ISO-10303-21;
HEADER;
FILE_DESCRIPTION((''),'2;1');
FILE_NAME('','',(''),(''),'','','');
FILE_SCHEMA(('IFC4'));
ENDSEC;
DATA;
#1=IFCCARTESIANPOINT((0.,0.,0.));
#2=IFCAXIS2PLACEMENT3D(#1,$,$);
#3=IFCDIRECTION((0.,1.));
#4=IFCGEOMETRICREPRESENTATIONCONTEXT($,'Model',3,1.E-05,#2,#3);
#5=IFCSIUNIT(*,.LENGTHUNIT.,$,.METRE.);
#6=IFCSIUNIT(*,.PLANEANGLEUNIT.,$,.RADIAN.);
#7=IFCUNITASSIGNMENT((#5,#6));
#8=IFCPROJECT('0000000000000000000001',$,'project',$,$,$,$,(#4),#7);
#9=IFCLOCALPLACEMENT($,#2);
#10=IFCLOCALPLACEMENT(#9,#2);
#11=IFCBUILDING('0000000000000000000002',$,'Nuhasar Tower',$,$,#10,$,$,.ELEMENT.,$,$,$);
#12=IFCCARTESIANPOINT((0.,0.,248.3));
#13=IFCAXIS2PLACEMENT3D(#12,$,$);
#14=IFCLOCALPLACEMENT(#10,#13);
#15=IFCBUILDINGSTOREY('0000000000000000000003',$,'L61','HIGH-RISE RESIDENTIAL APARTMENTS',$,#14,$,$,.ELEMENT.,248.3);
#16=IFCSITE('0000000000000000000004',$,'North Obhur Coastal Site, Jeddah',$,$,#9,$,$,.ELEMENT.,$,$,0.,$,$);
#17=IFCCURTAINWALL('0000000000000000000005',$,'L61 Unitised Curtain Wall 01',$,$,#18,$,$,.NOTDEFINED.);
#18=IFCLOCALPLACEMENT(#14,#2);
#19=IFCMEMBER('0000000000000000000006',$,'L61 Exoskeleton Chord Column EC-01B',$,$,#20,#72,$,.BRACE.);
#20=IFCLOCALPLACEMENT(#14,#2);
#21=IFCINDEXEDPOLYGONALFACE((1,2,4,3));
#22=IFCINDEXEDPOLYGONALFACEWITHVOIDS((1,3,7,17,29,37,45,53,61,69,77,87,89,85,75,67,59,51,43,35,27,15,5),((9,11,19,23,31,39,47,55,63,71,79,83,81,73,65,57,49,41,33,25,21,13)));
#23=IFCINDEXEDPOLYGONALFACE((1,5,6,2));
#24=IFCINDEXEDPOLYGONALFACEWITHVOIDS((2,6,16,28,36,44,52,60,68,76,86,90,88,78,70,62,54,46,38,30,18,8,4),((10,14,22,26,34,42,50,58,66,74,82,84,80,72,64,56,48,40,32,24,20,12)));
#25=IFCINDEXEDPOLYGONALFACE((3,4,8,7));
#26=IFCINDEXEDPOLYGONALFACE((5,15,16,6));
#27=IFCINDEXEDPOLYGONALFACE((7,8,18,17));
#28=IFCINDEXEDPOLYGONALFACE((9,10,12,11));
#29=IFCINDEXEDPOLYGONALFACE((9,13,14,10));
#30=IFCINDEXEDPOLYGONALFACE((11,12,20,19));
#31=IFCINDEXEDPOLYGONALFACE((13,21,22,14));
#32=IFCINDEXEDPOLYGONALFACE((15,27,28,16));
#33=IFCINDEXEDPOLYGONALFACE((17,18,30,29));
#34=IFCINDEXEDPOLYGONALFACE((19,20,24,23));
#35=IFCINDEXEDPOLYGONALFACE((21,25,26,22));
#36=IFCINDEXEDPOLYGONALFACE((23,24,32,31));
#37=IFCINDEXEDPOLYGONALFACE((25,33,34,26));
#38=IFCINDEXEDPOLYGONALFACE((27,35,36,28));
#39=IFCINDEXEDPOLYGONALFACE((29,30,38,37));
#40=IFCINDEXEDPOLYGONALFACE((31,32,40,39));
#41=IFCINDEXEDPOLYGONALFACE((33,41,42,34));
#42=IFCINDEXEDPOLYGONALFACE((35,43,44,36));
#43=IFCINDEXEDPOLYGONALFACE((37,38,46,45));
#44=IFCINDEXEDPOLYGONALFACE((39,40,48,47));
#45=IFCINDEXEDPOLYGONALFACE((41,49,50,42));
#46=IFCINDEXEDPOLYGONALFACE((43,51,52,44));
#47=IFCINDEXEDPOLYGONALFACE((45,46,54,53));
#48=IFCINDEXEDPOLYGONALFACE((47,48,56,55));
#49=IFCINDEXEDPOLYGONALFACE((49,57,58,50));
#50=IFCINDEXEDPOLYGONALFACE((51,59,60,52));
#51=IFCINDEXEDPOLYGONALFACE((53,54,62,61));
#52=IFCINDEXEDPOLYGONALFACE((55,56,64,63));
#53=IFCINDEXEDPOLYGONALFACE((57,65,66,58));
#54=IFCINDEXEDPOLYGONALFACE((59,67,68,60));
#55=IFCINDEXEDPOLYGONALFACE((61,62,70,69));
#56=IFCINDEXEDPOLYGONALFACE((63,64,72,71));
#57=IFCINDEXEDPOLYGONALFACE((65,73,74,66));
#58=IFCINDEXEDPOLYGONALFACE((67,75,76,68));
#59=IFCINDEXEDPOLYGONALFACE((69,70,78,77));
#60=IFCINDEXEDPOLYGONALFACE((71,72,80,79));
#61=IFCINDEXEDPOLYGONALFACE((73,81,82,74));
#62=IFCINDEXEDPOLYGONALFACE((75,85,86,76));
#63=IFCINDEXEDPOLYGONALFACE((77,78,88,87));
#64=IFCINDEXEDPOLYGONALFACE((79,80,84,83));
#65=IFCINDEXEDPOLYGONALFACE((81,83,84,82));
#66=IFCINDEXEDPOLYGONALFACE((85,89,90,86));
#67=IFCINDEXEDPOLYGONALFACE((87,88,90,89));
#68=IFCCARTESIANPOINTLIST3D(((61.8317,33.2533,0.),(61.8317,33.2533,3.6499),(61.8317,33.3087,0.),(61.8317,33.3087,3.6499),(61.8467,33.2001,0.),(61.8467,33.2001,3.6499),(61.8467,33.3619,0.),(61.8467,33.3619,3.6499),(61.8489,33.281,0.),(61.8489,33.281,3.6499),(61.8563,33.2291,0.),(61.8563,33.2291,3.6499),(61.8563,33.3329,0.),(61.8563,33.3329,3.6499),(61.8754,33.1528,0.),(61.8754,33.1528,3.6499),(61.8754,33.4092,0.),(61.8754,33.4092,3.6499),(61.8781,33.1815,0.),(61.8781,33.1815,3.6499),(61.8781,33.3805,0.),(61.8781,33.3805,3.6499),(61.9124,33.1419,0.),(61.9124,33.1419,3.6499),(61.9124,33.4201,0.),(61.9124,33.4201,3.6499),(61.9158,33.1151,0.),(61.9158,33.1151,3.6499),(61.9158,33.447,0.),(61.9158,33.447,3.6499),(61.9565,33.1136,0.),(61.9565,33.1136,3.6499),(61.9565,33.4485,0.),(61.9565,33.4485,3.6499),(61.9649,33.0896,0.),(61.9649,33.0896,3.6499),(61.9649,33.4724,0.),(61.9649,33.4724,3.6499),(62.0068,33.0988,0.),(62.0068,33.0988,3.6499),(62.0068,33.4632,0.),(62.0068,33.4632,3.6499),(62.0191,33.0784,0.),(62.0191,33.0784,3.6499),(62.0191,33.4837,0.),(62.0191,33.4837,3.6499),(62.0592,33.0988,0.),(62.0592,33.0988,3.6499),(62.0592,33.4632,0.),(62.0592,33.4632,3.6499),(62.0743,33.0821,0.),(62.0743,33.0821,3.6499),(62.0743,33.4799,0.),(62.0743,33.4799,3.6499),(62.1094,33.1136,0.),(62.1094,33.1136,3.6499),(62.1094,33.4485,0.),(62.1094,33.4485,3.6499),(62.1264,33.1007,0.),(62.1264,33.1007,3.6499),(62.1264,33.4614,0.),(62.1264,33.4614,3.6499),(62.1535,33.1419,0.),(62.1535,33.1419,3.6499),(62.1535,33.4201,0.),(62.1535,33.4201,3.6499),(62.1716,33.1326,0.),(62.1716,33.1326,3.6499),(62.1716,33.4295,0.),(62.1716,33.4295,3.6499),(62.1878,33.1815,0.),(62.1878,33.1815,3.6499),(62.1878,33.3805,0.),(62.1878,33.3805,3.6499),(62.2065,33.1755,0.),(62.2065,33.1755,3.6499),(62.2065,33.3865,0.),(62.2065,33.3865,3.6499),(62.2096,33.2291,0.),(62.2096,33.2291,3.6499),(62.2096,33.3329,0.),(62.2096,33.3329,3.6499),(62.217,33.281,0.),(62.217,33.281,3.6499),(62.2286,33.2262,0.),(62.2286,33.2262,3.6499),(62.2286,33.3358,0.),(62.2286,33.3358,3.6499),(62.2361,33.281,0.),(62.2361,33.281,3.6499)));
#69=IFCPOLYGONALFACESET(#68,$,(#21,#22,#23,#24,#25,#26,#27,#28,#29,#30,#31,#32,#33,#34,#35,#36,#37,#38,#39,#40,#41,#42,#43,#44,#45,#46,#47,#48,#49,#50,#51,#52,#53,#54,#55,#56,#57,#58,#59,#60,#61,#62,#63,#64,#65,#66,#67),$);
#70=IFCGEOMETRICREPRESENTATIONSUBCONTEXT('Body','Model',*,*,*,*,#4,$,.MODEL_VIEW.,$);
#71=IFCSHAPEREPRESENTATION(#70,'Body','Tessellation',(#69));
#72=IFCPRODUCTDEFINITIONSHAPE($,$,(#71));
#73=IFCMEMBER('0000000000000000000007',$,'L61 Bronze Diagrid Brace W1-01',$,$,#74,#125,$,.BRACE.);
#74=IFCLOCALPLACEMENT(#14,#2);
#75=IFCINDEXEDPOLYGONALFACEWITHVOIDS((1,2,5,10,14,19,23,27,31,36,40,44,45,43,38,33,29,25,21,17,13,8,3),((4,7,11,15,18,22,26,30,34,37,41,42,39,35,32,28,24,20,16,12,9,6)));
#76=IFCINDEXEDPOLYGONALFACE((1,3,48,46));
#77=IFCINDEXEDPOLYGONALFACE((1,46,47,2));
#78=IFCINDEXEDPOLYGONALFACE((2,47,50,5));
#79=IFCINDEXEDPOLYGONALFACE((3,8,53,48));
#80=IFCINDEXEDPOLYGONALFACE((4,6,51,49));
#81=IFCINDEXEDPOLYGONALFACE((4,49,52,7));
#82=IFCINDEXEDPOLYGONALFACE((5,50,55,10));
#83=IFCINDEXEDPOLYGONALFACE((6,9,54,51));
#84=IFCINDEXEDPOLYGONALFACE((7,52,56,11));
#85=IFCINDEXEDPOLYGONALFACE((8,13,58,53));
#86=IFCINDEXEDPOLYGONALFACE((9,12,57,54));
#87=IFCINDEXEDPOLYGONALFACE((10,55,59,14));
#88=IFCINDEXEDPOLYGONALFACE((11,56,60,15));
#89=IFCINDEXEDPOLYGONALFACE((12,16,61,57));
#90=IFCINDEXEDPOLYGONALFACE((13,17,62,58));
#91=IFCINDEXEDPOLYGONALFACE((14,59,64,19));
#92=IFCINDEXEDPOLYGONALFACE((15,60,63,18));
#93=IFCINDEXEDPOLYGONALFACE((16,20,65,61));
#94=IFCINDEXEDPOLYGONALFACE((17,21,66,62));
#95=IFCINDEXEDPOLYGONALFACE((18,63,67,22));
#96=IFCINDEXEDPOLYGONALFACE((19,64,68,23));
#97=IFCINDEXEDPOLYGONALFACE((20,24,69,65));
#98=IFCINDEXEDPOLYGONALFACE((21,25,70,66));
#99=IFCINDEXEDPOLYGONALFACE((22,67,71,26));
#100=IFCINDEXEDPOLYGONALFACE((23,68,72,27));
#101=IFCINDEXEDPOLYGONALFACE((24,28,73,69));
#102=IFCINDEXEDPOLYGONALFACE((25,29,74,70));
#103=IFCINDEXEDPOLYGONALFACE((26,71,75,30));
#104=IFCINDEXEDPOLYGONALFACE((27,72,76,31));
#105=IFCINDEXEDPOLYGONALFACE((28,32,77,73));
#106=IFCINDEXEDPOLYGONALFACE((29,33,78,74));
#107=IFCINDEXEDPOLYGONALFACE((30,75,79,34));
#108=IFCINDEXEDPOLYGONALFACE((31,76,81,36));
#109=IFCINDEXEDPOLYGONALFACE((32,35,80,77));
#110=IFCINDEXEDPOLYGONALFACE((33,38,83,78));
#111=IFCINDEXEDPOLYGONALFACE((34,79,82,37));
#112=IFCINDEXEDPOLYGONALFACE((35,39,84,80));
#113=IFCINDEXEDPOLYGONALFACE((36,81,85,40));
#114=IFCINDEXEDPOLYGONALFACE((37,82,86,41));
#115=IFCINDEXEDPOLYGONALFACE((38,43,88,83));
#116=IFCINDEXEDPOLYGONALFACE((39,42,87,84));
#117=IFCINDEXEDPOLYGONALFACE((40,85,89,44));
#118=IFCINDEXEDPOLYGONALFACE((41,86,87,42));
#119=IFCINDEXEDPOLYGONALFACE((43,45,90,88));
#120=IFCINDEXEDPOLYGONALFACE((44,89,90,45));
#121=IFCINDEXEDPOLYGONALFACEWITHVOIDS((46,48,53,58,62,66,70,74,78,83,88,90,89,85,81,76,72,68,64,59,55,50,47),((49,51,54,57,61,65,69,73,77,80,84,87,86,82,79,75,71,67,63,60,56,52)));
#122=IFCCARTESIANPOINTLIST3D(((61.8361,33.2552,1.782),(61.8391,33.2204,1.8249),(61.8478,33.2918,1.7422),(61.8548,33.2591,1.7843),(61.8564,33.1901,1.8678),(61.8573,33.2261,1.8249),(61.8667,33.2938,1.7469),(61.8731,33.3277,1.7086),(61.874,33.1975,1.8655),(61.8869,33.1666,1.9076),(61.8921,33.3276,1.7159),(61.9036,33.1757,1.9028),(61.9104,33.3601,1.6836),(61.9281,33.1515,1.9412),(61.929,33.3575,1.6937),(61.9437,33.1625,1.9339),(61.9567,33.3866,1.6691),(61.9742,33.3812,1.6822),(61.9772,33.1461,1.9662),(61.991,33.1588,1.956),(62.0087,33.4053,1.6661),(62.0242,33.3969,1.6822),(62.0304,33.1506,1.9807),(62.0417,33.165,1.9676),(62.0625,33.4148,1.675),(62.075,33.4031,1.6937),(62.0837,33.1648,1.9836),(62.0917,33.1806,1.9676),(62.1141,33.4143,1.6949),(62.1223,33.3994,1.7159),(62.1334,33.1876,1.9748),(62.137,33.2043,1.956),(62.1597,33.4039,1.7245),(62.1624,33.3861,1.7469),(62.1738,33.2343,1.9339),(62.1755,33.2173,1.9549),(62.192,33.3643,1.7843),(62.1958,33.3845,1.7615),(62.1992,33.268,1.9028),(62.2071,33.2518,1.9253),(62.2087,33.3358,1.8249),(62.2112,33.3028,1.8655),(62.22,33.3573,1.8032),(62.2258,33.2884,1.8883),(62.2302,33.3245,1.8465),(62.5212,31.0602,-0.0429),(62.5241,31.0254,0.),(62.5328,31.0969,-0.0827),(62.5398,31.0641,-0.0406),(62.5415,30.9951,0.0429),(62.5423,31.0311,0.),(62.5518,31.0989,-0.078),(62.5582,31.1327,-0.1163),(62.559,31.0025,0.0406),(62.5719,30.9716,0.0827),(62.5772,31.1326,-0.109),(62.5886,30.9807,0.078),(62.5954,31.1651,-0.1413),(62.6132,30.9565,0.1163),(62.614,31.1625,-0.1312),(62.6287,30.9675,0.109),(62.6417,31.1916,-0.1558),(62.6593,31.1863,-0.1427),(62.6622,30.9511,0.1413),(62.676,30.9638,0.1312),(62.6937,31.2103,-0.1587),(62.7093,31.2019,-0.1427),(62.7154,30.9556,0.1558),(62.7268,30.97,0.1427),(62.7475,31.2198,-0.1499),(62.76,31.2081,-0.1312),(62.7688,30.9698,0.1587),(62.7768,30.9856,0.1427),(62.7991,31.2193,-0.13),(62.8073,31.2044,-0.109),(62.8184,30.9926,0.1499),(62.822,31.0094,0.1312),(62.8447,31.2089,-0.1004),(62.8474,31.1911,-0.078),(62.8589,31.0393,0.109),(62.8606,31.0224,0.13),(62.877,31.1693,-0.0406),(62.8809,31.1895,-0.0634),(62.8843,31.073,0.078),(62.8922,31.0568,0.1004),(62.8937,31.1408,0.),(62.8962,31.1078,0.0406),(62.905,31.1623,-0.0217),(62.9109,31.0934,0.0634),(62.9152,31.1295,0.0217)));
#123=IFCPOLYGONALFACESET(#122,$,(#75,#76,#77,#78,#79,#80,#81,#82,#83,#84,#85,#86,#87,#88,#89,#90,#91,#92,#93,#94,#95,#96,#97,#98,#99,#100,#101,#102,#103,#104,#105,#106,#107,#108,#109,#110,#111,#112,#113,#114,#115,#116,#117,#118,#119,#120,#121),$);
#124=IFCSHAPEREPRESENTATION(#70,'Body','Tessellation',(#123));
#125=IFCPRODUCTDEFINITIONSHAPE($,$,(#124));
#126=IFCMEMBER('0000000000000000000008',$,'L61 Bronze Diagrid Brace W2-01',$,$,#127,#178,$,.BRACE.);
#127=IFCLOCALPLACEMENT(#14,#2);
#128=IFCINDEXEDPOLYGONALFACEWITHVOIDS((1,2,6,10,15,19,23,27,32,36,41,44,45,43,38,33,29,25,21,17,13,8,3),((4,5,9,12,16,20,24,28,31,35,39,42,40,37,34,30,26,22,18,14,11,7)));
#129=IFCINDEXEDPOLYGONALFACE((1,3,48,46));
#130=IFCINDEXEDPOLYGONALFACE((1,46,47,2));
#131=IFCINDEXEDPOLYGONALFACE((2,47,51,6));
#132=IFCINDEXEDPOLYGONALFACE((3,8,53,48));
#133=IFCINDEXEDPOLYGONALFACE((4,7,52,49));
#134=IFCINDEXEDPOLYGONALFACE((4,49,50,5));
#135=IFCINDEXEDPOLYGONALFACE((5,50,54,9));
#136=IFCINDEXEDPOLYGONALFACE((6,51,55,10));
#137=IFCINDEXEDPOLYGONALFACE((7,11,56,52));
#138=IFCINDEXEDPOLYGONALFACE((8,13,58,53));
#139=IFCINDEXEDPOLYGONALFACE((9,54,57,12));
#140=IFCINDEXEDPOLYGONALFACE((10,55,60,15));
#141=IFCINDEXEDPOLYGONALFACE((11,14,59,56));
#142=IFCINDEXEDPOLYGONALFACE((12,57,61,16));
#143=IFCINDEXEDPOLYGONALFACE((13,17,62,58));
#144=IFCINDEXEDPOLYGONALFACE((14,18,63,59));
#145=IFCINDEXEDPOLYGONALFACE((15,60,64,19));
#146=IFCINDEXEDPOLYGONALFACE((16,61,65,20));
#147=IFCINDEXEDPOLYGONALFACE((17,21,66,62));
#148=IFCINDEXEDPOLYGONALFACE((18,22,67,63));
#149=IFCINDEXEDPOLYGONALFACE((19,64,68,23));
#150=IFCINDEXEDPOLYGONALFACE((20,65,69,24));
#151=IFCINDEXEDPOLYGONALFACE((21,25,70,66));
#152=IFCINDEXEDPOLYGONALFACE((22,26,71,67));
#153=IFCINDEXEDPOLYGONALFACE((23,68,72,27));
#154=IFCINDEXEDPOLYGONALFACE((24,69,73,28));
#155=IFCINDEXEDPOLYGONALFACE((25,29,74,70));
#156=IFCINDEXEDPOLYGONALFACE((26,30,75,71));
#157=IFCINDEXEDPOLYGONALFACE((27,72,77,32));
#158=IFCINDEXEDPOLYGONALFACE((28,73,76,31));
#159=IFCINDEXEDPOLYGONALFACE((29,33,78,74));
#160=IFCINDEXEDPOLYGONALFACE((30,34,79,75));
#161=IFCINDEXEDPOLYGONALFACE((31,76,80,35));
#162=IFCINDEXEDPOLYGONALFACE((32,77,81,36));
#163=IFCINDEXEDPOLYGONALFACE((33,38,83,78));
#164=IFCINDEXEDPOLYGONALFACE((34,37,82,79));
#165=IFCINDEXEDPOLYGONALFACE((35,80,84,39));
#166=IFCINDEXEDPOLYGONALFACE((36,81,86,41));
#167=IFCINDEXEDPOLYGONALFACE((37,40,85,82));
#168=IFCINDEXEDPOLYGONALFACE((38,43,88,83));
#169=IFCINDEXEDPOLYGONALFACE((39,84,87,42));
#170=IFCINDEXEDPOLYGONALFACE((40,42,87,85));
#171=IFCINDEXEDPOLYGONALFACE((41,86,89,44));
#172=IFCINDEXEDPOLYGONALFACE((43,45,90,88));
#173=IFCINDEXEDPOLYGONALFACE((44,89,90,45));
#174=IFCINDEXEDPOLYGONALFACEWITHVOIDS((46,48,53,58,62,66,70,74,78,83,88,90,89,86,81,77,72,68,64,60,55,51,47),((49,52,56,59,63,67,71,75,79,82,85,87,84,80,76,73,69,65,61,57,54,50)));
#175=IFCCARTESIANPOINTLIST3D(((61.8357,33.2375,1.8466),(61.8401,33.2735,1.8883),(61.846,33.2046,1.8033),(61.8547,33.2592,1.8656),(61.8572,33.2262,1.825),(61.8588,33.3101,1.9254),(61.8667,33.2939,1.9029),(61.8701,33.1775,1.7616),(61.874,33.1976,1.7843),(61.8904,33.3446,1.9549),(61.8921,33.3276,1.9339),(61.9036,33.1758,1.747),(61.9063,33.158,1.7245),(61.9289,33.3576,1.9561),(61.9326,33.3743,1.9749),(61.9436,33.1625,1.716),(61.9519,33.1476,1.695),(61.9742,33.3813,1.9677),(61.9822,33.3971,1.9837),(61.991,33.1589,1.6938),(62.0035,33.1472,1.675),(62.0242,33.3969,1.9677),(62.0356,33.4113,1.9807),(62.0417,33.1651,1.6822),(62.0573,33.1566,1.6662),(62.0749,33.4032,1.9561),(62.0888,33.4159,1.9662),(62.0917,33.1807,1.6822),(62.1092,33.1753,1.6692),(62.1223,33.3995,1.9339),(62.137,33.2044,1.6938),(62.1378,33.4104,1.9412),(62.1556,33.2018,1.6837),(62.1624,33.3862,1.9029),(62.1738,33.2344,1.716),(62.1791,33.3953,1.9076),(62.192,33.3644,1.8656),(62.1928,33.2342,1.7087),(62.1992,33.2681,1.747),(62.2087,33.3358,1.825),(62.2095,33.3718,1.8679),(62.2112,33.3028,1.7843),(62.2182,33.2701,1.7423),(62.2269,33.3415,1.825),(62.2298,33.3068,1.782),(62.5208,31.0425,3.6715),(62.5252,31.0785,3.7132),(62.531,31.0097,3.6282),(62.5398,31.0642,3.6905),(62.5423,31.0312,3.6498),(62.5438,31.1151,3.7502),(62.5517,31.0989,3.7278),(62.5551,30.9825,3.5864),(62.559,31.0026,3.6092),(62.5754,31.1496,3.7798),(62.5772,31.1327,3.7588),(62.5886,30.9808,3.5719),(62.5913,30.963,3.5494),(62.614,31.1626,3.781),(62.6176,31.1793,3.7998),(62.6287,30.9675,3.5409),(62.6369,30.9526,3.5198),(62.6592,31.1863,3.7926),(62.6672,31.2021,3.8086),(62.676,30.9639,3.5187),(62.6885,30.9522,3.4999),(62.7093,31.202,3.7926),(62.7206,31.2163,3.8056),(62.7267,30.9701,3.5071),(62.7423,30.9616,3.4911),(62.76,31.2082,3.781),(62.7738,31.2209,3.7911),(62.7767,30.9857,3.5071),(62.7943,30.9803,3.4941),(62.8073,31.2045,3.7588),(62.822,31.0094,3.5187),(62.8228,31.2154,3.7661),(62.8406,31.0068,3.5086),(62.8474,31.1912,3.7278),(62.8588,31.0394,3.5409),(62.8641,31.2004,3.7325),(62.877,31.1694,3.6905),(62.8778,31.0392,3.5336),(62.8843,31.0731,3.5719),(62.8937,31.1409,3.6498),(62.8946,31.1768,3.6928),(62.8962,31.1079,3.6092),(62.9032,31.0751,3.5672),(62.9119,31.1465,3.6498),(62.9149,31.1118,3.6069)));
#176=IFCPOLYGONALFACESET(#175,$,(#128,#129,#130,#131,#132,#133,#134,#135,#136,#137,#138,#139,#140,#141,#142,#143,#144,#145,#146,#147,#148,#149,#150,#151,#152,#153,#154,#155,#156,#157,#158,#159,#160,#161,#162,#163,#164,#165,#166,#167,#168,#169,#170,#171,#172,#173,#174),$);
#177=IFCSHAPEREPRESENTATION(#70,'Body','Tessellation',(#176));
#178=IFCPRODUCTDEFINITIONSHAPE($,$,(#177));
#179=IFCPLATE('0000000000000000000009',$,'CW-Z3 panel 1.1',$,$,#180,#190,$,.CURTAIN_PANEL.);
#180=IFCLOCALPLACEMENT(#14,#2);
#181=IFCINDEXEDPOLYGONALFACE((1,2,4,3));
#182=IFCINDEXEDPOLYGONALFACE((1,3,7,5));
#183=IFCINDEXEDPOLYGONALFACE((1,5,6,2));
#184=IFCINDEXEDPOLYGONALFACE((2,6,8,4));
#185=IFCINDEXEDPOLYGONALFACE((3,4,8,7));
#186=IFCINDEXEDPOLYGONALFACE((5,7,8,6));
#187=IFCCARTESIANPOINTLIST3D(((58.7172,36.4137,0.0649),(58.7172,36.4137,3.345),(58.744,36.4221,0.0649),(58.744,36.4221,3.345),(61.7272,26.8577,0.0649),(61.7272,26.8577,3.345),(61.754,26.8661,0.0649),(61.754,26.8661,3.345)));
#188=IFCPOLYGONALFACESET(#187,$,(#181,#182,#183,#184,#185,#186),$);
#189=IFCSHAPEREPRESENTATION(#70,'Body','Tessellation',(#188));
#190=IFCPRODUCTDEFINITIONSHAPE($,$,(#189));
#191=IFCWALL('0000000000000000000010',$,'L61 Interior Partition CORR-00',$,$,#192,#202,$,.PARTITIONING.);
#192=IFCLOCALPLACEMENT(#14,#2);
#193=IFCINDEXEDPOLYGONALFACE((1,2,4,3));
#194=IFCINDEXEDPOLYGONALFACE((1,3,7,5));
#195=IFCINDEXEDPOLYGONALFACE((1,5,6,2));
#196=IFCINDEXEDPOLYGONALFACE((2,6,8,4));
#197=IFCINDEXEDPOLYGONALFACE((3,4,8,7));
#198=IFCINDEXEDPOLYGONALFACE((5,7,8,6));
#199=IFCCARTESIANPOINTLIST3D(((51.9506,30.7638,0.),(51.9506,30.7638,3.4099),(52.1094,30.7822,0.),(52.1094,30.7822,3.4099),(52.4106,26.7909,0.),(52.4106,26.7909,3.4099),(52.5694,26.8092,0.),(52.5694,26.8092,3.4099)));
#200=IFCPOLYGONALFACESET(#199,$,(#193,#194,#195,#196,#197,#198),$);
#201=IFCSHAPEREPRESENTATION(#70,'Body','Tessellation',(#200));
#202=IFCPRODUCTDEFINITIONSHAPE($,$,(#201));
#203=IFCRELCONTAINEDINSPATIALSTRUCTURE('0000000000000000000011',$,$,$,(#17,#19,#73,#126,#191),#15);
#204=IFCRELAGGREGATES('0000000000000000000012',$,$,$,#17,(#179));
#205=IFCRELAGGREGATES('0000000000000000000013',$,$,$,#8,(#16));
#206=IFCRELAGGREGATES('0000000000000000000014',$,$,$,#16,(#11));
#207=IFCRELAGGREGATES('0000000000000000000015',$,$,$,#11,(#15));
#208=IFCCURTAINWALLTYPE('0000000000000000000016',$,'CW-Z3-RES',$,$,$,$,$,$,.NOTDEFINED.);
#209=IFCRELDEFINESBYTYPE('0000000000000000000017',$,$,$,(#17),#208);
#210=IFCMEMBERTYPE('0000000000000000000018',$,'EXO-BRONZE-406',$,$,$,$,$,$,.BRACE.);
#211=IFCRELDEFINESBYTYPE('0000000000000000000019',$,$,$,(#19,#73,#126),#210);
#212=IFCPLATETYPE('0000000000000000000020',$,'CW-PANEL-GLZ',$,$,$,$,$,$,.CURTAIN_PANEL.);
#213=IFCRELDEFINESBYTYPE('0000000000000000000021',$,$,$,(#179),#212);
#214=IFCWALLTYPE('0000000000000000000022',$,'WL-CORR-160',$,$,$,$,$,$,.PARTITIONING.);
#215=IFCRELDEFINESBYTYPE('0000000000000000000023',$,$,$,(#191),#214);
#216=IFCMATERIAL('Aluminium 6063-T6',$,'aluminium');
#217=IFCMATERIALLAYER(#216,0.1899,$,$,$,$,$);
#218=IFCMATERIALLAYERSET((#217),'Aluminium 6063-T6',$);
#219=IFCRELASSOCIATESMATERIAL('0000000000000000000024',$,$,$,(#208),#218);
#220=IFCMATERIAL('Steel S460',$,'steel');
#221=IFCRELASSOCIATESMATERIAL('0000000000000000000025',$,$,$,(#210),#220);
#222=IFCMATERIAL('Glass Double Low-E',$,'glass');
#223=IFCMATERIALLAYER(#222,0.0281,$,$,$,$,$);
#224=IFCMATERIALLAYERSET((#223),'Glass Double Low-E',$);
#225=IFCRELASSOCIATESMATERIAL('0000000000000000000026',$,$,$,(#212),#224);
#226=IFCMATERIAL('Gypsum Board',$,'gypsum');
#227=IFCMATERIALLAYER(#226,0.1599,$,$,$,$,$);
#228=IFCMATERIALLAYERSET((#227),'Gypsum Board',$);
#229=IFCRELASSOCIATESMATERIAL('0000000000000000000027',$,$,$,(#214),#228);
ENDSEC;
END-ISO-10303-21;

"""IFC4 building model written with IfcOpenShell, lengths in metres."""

from ifc_helpers import new_model, si_unit, direction, frame, frame_2d, origin, origin_2d, place, context, subcontext, project, spatial, rectangle, hollow_circle, extrude, material, layer, layer_set, material_profile, profile_set, type_object, element, aggregate, save


model = new_model("IFC4")

# Units and contexts
model_context = context("Model", 3, precision=1e-05, world=origin(), true_north=direction((0.0, 1.0)))
body_context = subcontext(model_context, "Body", "Model", "MODEL_VIEW")
ifc_project = project(units=[si_unit("LENGTHUNIT", "METRE"), si_unit("PLANEANGLEUNIT", "RADIAN")], contexts=[model_context])

# Site, building, storey
site_placement = place(None, origin())
site = spatial("IfcSite", under=ifc_project, at=site_placement, Name="North Obhur Coastal Site, Jeddah", CompositionType="ELEMENT", RefElevation=0.0)
building_placement = place(site_placement, origin())
building = spatial("IfcBuilding", under=site, at=building_placement, Name="Nuhasar Tower", CompositionType="ELEMENT")
storey_placement = place(building_placement, frame((0.0, 0.0, 248.3)))
storey = spatial("IfcBuildingStorey", under=building, at=storey_placement, Name="L61", Description="HIGH-RISE RESIDENTIAL APARTMENTS", CompositionType="ELEMENT", Elevation=248.3)

# Curtain wall
ifc_material_1 = material(Name="Aluminium 6063-T6", Category="aluminium")
ifc_layer_1 = layer(ifc_material_1, 0.1899)
ifc_layer_set_1 = layer_set([ifc_layer_1], Name="Aluminium 6063-T6")
curtain_wall_type = type_object("IfcCurtainWallType", Name="CW-Z3-RES", PredefinedType="NOTDEFINED", material=ifc_layer_set_1)
curtain_wall_1_placement = place(storey_placement, origin())
curtain_wall_1 = element("IfcCurtainWall", 1, at=curtain_wall_1_placement, inside=storey, type_object=curtain_wall_type, Name="L61 Unitised Curtain Wall 01", PredefinedType="NOTDEFINED")

# Members
ifc_material_2 = material(Name="Steel S460", Category="steel")
ifc_material_profile_1 = material_profile(ifc_material_2, hollow_circle(Radius=0.2031, WallThickness=0.019, at=origin_2d()), Name="HSS406.4X19.1")
ifc_profile_set_1 = profile_set([ifc_material_profile_1], Name="Steel S460")
member_type_1 = type_object("IfcMemberType", Name="EXO-BRONZE-406", PredefinedType="BRACE", material=ifc_profile_set_1)
for number, where, z_axis, x_axis, name in (
    (2, (62.033, 33.281, 0.0), (0.0, 0.0, 1.0), (1.0, 0.0, 0.0), "L61 Exoskeleton Chord Column EC-01B"),
):
    element("IfcMember", number, at=place(storey_placement, frame(where, z_axis=z_axis, x_axis=x_axis)), inside=storey, type_object=member_type_1, Name=name, PredefinedType="BRACE", context=body_context, shape_type="SweptSolid", body=[
        extrude(hollow_circle(Radius=0.2031, WallThickness=0.019, at=origin_2d()), origin(), (0.0, 0.0, 1.0), 3.6499),
    ])
for number, where, z_axis, x_axis, name in (
    (3, (62.718, 31.0859, 0.0), (-0.233358, 0.747727, 0.62165), (-0.954591, -0.297918, 0.0), "L61 Bronze Diagrid Brace W1-01"),
    (4, (62.033, 33.281, 1.825), (0.233358, -0.747727, 0.62165), (0.954591, 0.297918, 0.0), "L61 Bronze Diagrid Brace W2-01"),
):
    element("IfcMember", number, at=place(storey_placement, frame(where, z_axis=z_axis, x_axis=x_axis)), inside=storey, type_object=member_type_1, Name=name, PredefinedType="BRACE", context=body_context, shape_type="SweptSolid", body=[
        extrude(hollow_circle(Radius=0.2031, WallThickness=0.019, at=origin_2d()), origin(), (0.0, 0.0, 1.0), 2.9355),
    ])

# Plate
ifc_material_3 = material(Name="Glass Double Low-E", Category="glass")
ifc_layer_2 = layer(ifc_material_3, 0.0281)
ifc_layer_set_2 = layer_set([ifc_layer_2], Name="Glass Double Low-E")
plate_type = type_object("IfcPlateType", Name="CW-PANEL-GLZ", PredefinedType="CURTAIN_PANEL", material=ifc_layer_set_2)
plate_placement = place(storey_placement, frame((60.2356, 31.6399, 0.0649), z_axis=(0.0, 0.0, 1.0), x_axis=(-0.300429, 0.953804, 0.0)))
plate = element("IfcPlate", 5, at=plate_placement, type_object=plate_type, Name="CW-Z3 panel 1.1", PredefinedType="CURTAIN_PANEL", context=body_context, shape_type="SweptSolid", body=[
    extrude(rectangle(XDim=10.0188, YDim=0.0281, at=origin_2d()), origin(), (0.0, 0.0, 1.0), 3.28),
])
aggregate(curtain_wall_1, [plate])

# Shared definitions
ifc_material_4 = material(Name="Gypsum Board", Category="gypsum")
ifc_layer_3 = layer(ifc_material_4, 0.1599)
ifc_layer_set_3 = layer_set([ifc_layer_3], Name="Gypsum Board")
wall_type_1 = type_object("IfcWallType", Name="WL-CORR-160", PredefinedType="PARTITIONING", material=ifc_layer_set_3)

# Wall
wall_1_placement = place(storey_placement, frame((52.49, 26.8, 0.0), z_axis=(0.0, 0.0, 1.0), x_axis=(-0.115006, 0.993365, 0.0)))
element("IfcWall", 6, at=wall_1_placement, inside=storey, type_object=wall_type_1, Name="L61 Interior Partition CORR-00", PredefinedType="PARTITIONING", context=body_context, shape_type="SweptSolid", body=[
    extrude(rectangle(XDim=3.9995, YDim=0.1599, at=frame_2d((1.9998, 0.0))), origin(), (0.0, 0.0, 1.0), 3.4099),
])

save(model, "model.ifc")
